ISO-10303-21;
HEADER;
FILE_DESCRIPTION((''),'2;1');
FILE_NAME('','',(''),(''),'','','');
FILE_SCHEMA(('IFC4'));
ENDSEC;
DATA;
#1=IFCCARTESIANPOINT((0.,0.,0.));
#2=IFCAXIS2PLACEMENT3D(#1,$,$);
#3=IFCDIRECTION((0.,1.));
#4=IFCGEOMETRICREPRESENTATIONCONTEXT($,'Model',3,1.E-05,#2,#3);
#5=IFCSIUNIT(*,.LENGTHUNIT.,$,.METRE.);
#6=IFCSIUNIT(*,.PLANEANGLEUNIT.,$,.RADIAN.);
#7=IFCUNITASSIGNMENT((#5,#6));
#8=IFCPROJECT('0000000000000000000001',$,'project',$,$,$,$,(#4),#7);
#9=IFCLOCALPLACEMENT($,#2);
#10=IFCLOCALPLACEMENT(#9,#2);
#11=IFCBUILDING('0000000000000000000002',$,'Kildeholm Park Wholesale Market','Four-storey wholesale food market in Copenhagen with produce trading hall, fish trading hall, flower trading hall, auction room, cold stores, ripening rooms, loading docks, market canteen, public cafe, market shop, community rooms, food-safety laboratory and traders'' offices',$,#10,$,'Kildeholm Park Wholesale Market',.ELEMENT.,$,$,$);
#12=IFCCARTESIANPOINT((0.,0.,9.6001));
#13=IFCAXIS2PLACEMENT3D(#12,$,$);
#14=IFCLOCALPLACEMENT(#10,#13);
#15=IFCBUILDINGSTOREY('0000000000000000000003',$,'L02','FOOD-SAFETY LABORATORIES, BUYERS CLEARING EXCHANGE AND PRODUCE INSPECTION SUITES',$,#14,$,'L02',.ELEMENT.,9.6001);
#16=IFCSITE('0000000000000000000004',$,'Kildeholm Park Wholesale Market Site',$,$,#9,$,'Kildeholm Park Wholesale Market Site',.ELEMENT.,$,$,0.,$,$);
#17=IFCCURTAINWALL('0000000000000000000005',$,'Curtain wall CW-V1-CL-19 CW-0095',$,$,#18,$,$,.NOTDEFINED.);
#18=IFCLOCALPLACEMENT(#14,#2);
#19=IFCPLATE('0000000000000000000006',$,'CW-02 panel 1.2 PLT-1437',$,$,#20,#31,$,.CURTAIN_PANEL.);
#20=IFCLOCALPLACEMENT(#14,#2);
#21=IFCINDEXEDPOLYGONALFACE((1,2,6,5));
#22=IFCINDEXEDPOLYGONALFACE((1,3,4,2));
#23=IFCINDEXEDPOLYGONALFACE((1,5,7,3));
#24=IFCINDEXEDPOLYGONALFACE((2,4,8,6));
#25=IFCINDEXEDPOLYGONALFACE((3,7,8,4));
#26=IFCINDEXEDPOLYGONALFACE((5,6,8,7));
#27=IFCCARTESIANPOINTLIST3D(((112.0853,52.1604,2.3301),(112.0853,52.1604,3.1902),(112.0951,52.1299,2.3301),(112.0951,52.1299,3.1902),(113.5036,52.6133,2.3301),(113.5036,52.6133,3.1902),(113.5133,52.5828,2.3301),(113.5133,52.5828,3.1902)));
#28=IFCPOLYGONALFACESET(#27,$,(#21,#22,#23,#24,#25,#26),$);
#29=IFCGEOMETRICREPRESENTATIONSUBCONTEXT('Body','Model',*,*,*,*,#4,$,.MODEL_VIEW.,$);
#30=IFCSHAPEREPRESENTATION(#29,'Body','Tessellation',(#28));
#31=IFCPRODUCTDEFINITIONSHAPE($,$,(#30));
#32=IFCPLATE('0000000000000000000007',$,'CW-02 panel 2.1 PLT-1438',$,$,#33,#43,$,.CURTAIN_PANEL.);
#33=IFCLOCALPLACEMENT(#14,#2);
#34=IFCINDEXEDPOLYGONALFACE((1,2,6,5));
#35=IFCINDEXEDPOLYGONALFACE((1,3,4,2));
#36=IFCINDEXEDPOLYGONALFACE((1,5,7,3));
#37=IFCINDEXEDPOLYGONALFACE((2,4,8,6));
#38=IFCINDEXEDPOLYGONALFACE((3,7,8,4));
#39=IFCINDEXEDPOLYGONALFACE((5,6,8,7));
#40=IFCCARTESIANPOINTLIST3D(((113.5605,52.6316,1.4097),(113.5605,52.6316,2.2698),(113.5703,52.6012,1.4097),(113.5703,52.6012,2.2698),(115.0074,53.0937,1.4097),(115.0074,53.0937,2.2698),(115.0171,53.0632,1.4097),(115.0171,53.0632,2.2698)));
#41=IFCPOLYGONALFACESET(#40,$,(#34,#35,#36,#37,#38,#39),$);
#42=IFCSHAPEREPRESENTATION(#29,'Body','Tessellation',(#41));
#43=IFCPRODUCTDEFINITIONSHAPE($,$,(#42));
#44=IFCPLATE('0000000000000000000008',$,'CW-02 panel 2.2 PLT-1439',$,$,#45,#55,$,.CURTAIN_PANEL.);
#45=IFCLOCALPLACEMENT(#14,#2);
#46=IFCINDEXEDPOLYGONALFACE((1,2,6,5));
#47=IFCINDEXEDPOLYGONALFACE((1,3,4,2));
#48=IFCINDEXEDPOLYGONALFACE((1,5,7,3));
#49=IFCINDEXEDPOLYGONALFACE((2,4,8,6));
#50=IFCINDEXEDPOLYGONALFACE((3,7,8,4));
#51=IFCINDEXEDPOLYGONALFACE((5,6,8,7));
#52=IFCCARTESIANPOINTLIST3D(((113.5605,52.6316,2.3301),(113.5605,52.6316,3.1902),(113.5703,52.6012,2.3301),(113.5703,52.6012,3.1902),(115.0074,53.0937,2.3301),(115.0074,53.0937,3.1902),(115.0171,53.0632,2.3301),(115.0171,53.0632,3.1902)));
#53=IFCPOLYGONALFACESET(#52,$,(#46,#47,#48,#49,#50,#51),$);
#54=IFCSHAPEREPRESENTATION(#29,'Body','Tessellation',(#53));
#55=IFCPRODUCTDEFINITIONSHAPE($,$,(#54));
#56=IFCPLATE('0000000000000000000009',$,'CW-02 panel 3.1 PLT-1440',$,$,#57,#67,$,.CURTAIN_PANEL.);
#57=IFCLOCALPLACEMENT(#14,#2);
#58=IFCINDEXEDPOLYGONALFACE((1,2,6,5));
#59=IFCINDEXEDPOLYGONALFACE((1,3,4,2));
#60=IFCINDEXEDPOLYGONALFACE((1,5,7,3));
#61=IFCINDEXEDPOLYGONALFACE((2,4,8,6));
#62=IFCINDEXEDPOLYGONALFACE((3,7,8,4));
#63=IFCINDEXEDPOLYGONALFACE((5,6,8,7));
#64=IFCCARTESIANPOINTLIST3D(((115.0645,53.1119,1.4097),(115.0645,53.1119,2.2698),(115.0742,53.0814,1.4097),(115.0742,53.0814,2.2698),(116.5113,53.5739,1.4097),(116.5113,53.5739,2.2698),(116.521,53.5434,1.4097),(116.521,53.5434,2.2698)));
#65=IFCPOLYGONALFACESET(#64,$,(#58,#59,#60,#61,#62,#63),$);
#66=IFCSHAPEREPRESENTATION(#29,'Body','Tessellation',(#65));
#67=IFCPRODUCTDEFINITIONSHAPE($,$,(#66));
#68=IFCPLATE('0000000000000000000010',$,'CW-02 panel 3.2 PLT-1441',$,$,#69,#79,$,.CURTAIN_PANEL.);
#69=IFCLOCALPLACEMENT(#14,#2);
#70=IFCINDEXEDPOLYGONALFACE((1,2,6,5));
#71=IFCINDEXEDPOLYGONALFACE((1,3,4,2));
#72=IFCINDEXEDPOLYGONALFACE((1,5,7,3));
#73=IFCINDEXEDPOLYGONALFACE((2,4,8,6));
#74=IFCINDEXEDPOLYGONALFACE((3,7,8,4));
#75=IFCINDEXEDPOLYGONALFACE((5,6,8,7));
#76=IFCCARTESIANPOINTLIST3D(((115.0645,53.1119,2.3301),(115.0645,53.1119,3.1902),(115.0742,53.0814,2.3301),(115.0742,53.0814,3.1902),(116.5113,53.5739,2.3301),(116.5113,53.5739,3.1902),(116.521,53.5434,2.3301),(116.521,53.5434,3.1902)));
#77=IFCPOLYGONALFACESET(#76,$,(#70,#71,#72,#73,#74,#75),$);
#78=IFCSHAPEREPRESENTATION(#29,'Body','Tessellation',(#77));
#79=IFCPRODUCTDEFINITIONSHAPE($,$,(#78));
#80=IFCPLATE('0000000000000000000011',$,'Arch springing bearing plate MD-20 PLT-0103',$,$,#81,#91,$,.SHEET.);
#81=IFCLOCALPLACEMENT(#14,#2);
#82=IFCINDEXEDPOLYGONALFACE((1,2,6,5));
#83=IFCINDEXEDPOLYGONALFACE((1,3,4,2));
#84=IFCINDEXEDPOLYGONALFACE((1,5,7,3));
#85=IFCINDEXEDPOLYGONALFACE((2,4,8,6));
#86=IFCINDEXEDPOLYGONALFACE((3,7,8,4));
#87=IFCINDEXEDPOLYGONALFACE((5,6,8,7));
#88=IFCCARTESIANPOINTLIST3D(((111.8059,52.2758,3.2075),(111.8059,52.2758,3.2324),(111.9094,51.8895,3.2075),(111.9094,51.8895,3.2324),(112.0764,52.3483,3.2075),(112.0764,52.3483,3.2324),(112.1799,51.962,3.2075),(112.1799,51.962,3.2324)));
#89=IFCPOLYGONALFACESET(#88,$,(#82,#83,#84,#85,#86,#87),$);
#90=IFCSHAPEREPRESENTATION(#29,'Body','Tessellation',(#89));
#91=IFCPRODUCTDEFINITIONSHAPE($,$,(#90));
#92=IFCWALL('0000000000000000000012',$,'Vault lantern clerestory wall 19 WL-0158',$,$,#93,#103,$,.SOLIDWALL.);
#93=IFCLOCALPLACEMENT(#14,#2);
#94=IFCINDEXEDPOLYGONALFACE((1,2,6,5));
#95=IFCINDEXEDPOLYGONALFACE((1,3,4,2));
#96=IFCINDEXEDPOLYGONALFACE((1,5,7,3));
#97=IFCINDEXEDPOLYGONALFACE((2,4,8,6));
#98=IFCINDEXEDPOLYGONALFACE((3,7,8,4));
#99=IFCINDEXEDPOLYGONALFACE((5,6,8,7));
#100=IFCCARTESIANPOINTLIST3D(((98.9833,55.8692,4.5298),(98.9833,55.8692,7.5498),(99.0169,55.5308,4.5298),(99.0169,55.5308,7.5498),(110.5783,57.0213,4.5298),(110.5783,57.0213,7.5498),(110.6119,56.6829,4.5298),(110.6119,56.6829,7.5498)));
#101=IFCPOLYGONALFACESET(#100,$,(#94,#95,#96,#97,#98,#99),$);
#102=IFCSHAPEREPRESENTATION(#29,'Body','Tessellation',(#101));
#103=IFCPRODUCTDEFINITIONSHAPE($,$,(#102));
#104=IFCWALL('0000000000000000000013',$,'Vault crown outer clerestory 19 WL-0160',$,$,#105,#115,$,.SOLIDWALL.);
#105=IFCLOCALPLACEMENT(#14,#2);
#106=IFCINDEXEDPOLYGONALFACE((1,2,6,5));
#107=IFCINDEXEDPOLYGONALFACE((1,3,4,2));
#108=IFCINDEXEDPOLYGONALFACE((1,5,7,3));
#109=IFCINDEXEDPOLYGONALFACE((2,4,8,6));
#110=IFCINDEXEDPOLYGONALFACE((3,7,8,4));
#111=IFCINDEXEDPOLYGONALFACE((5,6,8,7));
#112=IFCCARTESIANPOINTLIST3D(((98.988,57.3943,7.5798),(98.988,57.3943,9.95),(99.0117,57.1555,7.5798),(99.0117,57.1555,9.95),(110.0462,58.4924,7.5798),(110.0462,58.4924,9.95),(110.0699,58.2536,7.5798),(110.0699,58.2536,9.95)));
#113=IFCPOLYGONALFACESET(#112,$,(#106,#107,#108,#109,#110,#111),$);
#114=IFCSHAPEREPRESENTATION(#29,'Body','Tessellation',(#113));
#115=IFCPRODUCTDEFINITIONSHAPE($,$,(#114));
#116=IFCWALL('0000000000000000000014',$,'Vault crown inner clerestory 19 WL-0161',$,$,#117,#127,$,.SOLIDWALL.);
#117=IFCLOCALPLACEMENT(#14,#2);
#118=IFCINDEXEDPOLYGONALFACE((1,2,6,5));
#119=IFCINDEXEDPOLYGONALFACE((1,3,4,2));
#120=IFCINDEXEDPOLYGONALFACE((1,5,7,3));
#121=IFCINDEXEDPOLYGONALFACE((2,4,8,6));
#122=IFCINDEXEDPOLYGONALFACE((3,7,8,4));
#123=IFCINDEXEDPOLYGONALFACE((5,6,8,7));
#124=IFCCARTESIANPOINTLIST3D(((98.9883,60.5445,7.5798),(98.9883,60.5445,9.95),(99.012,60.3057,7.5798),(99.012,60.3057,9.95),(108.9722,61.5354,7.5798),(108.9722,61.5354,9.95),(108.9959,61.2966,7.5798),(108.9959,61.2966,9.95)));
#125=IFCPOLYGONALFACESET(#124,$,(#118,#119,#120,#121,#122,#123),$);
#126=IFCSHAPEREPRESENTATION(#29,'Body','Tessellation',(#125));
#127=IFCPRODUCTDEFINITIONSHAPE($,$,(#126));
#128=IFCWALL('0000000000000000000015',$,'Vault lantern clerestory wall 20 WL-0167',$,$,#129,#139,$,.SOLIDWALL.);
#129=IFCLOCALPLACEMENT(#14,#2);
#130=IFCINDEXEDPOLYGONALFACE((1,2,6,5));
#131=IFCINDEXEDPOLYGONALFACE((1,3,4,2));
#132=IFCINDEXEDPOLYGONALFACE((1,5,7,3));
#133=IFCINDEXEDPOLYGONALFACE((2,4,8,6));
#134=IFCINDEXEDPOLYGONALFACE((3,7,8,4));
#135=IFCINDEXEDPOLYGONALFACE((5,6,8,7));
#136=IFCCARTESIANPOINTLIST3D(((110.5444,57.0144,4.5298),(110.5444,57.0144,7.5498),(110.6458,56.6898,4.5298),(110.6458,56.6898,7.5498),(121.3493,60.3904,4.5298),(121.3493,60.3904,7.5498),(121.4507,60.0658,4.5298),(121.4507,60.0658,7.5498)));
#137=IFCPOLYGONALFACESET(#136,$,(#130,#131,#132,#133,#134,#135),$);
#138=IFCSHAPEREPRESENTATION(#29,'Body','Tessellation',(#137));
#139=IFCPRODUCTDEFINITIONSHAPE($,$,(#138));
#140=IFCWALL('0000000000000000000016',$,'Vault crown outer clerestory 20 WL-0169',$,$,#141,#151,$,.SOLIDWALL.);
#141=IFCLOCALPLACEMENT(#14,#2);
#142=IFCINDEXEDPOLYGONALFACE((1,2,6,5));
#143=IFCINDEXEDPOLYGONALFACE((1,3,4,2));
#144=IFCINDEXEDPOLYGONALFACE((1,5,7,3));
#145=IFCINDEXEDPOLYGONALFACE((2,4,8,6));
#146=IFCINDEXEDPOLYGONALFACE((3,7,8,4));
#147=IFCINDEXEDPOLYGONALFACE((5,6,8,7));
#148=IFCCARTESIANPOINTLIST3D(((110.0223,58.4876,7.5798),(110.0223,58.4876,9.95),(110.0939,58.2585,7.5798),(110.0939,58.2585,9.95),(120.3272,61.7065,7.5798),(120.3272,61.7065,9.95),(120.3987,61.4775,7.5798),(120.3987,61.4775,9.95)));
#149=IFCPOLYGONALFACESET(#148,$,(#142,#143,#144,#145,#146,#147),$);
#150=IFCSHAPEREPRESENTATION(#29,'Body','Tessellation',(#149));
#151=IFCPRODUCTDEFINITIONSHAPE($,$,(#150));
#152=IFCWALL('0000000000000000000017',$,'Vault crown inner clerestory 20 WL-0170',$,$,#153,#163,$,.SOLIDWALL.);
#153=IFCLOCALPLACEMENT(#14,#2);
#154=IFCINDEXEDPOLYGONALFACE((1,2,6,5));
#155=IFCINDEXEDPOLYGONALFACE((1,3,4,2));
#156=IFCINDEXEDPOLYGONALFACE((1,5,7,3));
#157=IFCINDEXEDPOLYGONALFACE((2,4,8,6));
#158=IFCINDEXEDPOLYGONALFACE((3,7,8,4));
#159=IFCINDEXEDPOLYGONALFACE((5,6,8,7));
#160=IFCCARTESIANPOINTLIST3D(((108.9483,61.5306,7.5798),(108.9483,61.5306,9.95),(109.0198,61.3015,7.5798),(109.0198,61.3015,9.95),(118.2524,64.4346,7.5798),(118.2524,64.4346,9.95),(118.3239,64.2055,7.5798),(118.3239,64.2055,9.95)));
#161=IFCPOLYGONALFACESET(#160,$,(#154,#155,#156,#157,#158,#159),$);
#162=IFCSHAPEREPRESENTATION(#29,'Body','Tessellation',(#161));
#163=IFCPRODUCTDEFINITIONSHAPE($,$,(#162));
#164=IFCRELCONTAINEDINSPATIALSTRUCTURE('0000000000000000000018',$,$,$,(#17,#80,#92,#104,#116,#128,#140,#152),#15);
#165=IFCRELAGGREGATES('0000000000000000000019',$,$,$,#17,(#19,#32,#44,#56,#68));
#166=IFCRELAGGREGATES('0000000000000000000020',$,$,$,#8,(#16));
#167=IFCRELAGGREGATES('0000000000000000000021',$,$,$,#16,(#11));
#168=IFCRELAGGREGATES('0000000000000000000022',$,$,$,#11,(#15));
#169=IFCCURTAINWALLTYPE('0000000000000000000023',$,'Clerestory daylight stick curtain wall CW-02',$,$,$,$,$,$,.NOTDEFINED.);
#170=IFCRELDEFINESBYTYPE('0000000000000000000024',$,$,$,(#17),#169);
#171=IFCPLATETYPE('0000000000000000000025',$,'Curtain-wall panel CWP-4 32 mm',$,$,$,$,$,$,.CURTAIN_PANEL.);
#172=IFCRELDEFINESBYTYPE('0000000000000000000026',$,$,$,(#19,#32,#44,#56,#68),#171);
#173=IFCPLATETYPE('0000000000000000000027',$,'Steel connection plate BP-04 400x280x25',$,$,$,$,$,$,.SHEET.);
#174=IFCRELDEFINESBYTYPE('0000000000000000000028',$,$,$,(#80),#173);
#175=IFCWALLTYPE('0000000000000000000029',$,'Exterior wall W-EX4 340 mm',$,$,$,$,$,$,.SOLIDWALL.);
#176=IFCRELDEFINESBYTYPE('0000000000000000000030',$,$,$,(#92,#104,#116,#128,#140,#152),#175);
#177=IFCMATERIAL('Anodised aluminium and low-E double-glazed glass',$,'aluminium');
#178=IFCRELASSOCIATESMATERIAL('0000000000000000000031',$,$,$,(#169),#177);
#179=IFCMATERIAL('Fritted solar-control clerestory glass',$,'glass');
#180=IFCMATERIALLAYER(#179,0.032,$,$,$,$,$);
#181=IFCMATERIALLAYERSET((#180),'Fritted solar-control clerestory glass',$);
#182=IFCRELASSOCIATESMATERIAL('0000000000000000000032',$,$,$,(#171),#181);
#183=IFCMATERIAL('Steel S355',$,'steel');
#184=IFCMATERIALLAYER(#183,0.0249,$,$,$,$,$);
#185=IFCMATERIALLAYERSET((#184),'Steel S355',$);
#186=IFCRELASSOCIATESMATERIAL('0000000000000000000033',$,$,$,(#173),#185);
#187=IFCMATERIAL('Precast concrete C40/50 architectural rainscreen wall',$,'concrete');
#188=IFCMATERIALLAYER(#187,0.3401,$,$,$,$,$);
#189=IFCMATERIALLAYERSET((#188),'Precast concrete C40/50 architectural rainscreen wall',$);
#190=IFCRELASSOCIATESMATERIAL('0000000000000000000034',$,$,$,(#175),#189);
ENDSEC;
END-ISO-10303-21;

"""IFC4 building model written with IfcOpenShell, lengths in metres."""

from ifc_helpers import new_model, si_unit, direction, frame, frame_2d, origin, origin_2d, place, context, subcontext, project, spatial, rectangle, extrude, material, layer, layer_set, type_object, element, aggregate, save


model = new_model("IFC4")

# Units and contexts
model_context = context("Model", 3, precision=1e-05, world=origin(), true_north=direction((0.0, 1.0)))
body_context = subcontext(model_context, "Body", "Model", "MODEL_VIEW")
ifc_project = project(units=[si_unit("LENGTHUNIT", "METRE"), si_unit("PLANEANGLEUNIT", "RADIAN")], contexts=[model_context])

# Site, building, storey
site_placement = place(None, origin())
site = spatial("IfcSite", under=ifc_project, at=site_placement, Name="Kildeholm Park Wholesale Market Site", LongName="Kildeholm Park Wholesale Market Site", CompositionType="ELEMENT", RefElevation=0.0)
building_placement = place(site_placement, origin())
building = spatial("IfcBuilding", under=site, at=building_placement, Name="Kildeholm Park Wholesale Market", Description="Four-storey wholesale food market in Copenhagen with produce trading hall, fish trading hall, flower trading hall, auction room, cold stores, ripening rooms, loading docks, market canteen, public cafe, market shop, community rooms, food-safety laboratory and traders' offices", LongName="Kildeholm Park Wholesale Market", CompositionType="ELEMENT")
storey_placement = place(building_placement, frame((0.0, 0.0, 9.6001)))
storey = spatial("IfcBuildingStorey", under=building, at=storey_placement, Name="L02", Description="FOOD-SAFETY LABORATORIES, BUYERS CLEARING EXCHANGE AND PRODUCE INSPECTION SUITES", LongName="L02", CompositionType="ELEMENT", Elevation=9.6001)

# Curtain wall, plates
ifc_material_1 = material(Name="Anodised aluminium and low-E double-glazed glass", Category="aluminium")
curtain_wall_type = type_object("IfcCurtainWallType", Name="Clerestory daylight stick curtain wall CW-02", PredefinedType="NOTDEFINED", material=ifc_material_1)
curtain_wall_placement = place(storey_placement, origin())
curtain_wall = element("IfcCurtainWall", 1, at=curtain_wall_placement, inside=storey, type_object=curtain_wall_type, Name="Curtain wall CW-V1-CL-19 CW-0095", PredefinedType="NOTDEFINED")
ifc_material_2 = material(Name="Fritted solar-control clerestory glass", Category="glass")
ifc_layer_1 = layer(ifc_material_2, 0.032)
ifc_layer_set_1 = layer_set([ifc_layer_1], Name="Fritted solar-control clerestory glass")
plate_type_1 = type_object("IfcPlateType", Name="Curtain-wall panel CWP-4 32 mm", PredefinedType="CURTAIN_PANEL", material=ifc_layer_set_1)
plate_1_placement = place(storey_placement, frame((112.7993, 52.3716, 2.3301), z_axis=(0.0, 0.0, 1.0), x_axis=(0.952606, 0.304207, 0.0)))
plate_1 = element("IfcPlate", 2, at=plate_1_placement, type_object=plate_type_1, Name="CW-02 panel 1.2 PLT-1437", PredefinedType="CURTAIN_PANEL", context=body_context, shape_type="SweptSolid", body=[
    extrude(rectangle(XDim=1.4888, YDim=0.032, at=origin_2d()), origin(), (0.0, 0.0, 1.0), 0.8601),
])
plate_2_placement = place(storey_placement, frame((114.2888, 52.8474, 1.4097), z_axis=(0.0, 0.0, 1.0), x_axis=(0.952606, 0.304207, 0.0)))
plate_2 = element("IfcPlate", 3, at=plate_2_placement, type_object=plate_type_1, Name="CW-02 panel 2.1 PLT-1438", PredefinedType="CURTAIN_PANEL", context=body_context, shape_type="SweptSolid", body=[
    extrude(rectangle(XDim=1.5188, YDim=0.032, at=origin_2d()), origin(), (0.0, 0.0, 1.0), 0.8601),
])
plate_3_placement = place(storey_placement, frame((114.2888, 52.8474, 2.3301), z_axis=(0.0, 0.0, 1.0), x_axis=(0.952606, 0.304207, 0.0)))
plate_3 = element("IfcPlate", 4, at=plate_3_placement, type_object=plate_type_1, Name="CW-02 panel 2.2 PLT-1439", PredefinedType="CURTAIN_PANEL", context=body_context, shape_type="SweptSolid", body=[
    extrude(rectangle(XDim=1.5188, YDim=0.032, at=origin_2d()), origin(), (0.0, 0.0, 1.0), 0.8601),
])
plate_4_placement = place(storey_placement, frame((115.7927, 53.3276, 1.4097), z_axis=(0.0, 0.0, 1.0), x_axis=(0.952606, 0.304207, 0.0)))
plate_4 = element("IfcPlate", 5, at=plate_4_placement, type_object=plate_type_1, Name="CW-02 panel 3.1 PLT-1440", PredefinedType="CURTAIN_PANEL", context=body_context, shape_type="SweptSolid", body=[
    extrude(rectangle(XDim=1.5188, YDim=0.032, at=origin_2d()), origin(), (0.0, 0.0, 1.0), 0.8601),
])
plate_5_placement = place(storey_placement, frame((115.7927, 53.3276, 2.3301), z_axis=(0.0, 0.0, 1.0), x_axis=(0.952606, 0.304207, 0.0)))
plate_5 = element("IfcPlate", 6, at=plate_5_placement, type_object=plate_type_1, Name="CW-02 panel 3.2 PLT-1441", PredefinedType="CURTAIN_PANEL", context=body_context, shape_type="SweptSolid", body=[
    extrude(rectangle(XDim=1.5188, YDim=0.032, at=origin_2d()), origin(), (0.0, 0.0, 1.0), 0.8601),
])
aggregate(curtain_wall, [plate_1, plate_2, plate_3, plate_4, plate_5])

# Plate
ifc_material_3 = material(Name="Steel S355", Category="steel")
ifc_layer_2 = layer(ifc_material_3, 0.0249)
ifc_layer_set_2 = layer_set([ifc_layer_2], Name="Steel S355")
plate_type_2 = type_object("IfcPlateType", Name="Steel connection plate BP-04 400x280x25", PredefinedType="SHEET", material=ifc_layer_set_2)
plate_6_placement = place(storey_placement, frame((111.9929, 52.1189, 3.2075), z_axis=(0.0, 0.0, 1.0), x_axis=(0.258819, -0.965926, 0.0)))
element("IfcPlate", 7, at=plate_6_placement, inside=storey, type_object=plate_type_2, Name="Arch springing bearing plate MD-20 PLT-0103", PredefinedType="SHEET", context=body_context, shape_type="SweptSolid", body=[
    extrude(rectangle(XDim=0.3999, YDim=0.28, at=origin_2d()), origin(), (0.0, 0.0, 1.0), 0.0249),
])

# Walls
ifc_material_4 = material(Name="Precast concrete C40/50 architectural rainscreen wall", Category="concrete")
ifc_layer_3 = layer(ifc_material_4, 0.3401)
ifc_layer_set_3 = layer_set([ifc_layer_3], Name="Precast concrete C40/50 architectural rainscreen wall")
wall_type_1 = type_object("IfcWallType", Name="Exterior wall W-EX4 340 mm", PredefinedType="SOLIDWALL", material=ifc_layer_set_3)
wall_1_placement = place(storey_placement, frame((99.0, 55.7, 4.5298), z_axis=(0.0, 0.0, 1.0), x_axis=(0.9951, 0.098875, 0.0)))
element("IfcWall", 8, at=wall_1_placement, inside=storey, type_object=wall_type_1, Name="Vault lantern clerestory wall 19 WL-0158", PredefinedType="SOLIDWALL", context=body_context, shape_type="SweptSolid", body=[
    extrude(rectangle(XDim=11.6521, YDim=0.3401, at=frame_2d((5.8262, 0.0))), origin(), (0.0, 0.0, 1.0), 3.02),
])
wall_2_placement = place(storey_placement, frame((99.0, 57.2749, 7.5798), z_axis=(0.0, 0.0, 1.0), x_axis=(0.995105, 0.098821, 0.0)))
element("IfcWall", 9, at=wall_2_placement, inside=storey, type_object=wall_type_1, Name="Vault crown outer clerestory 19 WL-0160", PredefinedType="SOLIDWALL", context=body_context, shape_type="SweptSolid", body=[
    extrude(rectangle(XDim=11.1125, YDim=0.24, at=frame_2d((5.5562, 0.0))), origin(), (0.0, 0.0, 1.0), 2.3701),
])
wall_3_placement = place(storey_placement, frame((99.0, 60.425, 7.5798), z_axis=(0.0, 0.0, 1.0), x_axis=(0.99511, 0.098771, 0.0)))
element("IfcWall", 10, at=wall_3_placement, inside=storey, type_object=wall_type_1, Name="Vault crown inner clerestory 19 WL-0161", PredefinedType="SOLIDWALL", context=body_context, shape_type="SweptSolid", body=[
    extrude(rectangle(XDim=10.033, YDim=0.24, at=frame_2d((5.0166, 0.0))), origin(), (0.0, 0.0, 1.0), 2.3701),
])
wall_4_placement = place(storey_placement, frame((110.595, 56.8521, 4.5298), z_axis=(0.0, 0.0, 1.0), x_axis=(0.954494, 0.29823, 0.0)))
element("IfcWall", 11, at=wall_4_placement, inside=storey, type_object=wall_type_1, Name="Vault lantern clerestory wall 20 WL-0167", PredefinedType="SOLIDWALL", context=body_context, shape_type="SweptSolid", body=[
    extrude(rectangle(XDim=11.3201, YDim=0.3401, at=frame_2d((5.6602, 0.0))), origin(), (0.0, 0.0, 1.0), 3.02),
])
wall_5_placement = place(storey_placement, frame((110.0581, 58.373, 7.5798), z_axis=(0.0, 0.0, 1.0), x_axis=(0.954514, 0.298166, 0.0)))
element("IfcWall", 12, at=wall_5_placement, inside=storey, type_object=wall_type_1, Name="Vault crown outer clerestory 20 WL-0169", PredefinedType="SOLIDWALL", context=body_context, shape_type="SweptSolid", body=[
    extrude(rectangle(XDim=10.7959, YDim=0.24, at=frame_2d((5.3979, 0.0))), origin(), (0.0, 0.0, 1.0), 2.3701),
])
wall_6_placement = place(storey_placement, frame((108.9839, 61.416, 7.5798), z_axis=(0.0, 0.0, 1.0), x_axis=(0.954582, 0.297947, 0.0)))
element("IfcWall", 13, at=wall_6_placement, inside=storey, type_object=wall_type_1, Name="Vault crown inner clerestory 20 WL-0170", PredefinedType="SOLIDWALL", context=body_context, shape_type="SweptSolid", body=[
    extrude(rectangle(XDim=9.7468, YDim=0.24, at=frame_2d((4.8735, 0.0))), origin(), (0.0, 0.0, 1.0), 2.3701),
])

save(model, "model.ifc")
